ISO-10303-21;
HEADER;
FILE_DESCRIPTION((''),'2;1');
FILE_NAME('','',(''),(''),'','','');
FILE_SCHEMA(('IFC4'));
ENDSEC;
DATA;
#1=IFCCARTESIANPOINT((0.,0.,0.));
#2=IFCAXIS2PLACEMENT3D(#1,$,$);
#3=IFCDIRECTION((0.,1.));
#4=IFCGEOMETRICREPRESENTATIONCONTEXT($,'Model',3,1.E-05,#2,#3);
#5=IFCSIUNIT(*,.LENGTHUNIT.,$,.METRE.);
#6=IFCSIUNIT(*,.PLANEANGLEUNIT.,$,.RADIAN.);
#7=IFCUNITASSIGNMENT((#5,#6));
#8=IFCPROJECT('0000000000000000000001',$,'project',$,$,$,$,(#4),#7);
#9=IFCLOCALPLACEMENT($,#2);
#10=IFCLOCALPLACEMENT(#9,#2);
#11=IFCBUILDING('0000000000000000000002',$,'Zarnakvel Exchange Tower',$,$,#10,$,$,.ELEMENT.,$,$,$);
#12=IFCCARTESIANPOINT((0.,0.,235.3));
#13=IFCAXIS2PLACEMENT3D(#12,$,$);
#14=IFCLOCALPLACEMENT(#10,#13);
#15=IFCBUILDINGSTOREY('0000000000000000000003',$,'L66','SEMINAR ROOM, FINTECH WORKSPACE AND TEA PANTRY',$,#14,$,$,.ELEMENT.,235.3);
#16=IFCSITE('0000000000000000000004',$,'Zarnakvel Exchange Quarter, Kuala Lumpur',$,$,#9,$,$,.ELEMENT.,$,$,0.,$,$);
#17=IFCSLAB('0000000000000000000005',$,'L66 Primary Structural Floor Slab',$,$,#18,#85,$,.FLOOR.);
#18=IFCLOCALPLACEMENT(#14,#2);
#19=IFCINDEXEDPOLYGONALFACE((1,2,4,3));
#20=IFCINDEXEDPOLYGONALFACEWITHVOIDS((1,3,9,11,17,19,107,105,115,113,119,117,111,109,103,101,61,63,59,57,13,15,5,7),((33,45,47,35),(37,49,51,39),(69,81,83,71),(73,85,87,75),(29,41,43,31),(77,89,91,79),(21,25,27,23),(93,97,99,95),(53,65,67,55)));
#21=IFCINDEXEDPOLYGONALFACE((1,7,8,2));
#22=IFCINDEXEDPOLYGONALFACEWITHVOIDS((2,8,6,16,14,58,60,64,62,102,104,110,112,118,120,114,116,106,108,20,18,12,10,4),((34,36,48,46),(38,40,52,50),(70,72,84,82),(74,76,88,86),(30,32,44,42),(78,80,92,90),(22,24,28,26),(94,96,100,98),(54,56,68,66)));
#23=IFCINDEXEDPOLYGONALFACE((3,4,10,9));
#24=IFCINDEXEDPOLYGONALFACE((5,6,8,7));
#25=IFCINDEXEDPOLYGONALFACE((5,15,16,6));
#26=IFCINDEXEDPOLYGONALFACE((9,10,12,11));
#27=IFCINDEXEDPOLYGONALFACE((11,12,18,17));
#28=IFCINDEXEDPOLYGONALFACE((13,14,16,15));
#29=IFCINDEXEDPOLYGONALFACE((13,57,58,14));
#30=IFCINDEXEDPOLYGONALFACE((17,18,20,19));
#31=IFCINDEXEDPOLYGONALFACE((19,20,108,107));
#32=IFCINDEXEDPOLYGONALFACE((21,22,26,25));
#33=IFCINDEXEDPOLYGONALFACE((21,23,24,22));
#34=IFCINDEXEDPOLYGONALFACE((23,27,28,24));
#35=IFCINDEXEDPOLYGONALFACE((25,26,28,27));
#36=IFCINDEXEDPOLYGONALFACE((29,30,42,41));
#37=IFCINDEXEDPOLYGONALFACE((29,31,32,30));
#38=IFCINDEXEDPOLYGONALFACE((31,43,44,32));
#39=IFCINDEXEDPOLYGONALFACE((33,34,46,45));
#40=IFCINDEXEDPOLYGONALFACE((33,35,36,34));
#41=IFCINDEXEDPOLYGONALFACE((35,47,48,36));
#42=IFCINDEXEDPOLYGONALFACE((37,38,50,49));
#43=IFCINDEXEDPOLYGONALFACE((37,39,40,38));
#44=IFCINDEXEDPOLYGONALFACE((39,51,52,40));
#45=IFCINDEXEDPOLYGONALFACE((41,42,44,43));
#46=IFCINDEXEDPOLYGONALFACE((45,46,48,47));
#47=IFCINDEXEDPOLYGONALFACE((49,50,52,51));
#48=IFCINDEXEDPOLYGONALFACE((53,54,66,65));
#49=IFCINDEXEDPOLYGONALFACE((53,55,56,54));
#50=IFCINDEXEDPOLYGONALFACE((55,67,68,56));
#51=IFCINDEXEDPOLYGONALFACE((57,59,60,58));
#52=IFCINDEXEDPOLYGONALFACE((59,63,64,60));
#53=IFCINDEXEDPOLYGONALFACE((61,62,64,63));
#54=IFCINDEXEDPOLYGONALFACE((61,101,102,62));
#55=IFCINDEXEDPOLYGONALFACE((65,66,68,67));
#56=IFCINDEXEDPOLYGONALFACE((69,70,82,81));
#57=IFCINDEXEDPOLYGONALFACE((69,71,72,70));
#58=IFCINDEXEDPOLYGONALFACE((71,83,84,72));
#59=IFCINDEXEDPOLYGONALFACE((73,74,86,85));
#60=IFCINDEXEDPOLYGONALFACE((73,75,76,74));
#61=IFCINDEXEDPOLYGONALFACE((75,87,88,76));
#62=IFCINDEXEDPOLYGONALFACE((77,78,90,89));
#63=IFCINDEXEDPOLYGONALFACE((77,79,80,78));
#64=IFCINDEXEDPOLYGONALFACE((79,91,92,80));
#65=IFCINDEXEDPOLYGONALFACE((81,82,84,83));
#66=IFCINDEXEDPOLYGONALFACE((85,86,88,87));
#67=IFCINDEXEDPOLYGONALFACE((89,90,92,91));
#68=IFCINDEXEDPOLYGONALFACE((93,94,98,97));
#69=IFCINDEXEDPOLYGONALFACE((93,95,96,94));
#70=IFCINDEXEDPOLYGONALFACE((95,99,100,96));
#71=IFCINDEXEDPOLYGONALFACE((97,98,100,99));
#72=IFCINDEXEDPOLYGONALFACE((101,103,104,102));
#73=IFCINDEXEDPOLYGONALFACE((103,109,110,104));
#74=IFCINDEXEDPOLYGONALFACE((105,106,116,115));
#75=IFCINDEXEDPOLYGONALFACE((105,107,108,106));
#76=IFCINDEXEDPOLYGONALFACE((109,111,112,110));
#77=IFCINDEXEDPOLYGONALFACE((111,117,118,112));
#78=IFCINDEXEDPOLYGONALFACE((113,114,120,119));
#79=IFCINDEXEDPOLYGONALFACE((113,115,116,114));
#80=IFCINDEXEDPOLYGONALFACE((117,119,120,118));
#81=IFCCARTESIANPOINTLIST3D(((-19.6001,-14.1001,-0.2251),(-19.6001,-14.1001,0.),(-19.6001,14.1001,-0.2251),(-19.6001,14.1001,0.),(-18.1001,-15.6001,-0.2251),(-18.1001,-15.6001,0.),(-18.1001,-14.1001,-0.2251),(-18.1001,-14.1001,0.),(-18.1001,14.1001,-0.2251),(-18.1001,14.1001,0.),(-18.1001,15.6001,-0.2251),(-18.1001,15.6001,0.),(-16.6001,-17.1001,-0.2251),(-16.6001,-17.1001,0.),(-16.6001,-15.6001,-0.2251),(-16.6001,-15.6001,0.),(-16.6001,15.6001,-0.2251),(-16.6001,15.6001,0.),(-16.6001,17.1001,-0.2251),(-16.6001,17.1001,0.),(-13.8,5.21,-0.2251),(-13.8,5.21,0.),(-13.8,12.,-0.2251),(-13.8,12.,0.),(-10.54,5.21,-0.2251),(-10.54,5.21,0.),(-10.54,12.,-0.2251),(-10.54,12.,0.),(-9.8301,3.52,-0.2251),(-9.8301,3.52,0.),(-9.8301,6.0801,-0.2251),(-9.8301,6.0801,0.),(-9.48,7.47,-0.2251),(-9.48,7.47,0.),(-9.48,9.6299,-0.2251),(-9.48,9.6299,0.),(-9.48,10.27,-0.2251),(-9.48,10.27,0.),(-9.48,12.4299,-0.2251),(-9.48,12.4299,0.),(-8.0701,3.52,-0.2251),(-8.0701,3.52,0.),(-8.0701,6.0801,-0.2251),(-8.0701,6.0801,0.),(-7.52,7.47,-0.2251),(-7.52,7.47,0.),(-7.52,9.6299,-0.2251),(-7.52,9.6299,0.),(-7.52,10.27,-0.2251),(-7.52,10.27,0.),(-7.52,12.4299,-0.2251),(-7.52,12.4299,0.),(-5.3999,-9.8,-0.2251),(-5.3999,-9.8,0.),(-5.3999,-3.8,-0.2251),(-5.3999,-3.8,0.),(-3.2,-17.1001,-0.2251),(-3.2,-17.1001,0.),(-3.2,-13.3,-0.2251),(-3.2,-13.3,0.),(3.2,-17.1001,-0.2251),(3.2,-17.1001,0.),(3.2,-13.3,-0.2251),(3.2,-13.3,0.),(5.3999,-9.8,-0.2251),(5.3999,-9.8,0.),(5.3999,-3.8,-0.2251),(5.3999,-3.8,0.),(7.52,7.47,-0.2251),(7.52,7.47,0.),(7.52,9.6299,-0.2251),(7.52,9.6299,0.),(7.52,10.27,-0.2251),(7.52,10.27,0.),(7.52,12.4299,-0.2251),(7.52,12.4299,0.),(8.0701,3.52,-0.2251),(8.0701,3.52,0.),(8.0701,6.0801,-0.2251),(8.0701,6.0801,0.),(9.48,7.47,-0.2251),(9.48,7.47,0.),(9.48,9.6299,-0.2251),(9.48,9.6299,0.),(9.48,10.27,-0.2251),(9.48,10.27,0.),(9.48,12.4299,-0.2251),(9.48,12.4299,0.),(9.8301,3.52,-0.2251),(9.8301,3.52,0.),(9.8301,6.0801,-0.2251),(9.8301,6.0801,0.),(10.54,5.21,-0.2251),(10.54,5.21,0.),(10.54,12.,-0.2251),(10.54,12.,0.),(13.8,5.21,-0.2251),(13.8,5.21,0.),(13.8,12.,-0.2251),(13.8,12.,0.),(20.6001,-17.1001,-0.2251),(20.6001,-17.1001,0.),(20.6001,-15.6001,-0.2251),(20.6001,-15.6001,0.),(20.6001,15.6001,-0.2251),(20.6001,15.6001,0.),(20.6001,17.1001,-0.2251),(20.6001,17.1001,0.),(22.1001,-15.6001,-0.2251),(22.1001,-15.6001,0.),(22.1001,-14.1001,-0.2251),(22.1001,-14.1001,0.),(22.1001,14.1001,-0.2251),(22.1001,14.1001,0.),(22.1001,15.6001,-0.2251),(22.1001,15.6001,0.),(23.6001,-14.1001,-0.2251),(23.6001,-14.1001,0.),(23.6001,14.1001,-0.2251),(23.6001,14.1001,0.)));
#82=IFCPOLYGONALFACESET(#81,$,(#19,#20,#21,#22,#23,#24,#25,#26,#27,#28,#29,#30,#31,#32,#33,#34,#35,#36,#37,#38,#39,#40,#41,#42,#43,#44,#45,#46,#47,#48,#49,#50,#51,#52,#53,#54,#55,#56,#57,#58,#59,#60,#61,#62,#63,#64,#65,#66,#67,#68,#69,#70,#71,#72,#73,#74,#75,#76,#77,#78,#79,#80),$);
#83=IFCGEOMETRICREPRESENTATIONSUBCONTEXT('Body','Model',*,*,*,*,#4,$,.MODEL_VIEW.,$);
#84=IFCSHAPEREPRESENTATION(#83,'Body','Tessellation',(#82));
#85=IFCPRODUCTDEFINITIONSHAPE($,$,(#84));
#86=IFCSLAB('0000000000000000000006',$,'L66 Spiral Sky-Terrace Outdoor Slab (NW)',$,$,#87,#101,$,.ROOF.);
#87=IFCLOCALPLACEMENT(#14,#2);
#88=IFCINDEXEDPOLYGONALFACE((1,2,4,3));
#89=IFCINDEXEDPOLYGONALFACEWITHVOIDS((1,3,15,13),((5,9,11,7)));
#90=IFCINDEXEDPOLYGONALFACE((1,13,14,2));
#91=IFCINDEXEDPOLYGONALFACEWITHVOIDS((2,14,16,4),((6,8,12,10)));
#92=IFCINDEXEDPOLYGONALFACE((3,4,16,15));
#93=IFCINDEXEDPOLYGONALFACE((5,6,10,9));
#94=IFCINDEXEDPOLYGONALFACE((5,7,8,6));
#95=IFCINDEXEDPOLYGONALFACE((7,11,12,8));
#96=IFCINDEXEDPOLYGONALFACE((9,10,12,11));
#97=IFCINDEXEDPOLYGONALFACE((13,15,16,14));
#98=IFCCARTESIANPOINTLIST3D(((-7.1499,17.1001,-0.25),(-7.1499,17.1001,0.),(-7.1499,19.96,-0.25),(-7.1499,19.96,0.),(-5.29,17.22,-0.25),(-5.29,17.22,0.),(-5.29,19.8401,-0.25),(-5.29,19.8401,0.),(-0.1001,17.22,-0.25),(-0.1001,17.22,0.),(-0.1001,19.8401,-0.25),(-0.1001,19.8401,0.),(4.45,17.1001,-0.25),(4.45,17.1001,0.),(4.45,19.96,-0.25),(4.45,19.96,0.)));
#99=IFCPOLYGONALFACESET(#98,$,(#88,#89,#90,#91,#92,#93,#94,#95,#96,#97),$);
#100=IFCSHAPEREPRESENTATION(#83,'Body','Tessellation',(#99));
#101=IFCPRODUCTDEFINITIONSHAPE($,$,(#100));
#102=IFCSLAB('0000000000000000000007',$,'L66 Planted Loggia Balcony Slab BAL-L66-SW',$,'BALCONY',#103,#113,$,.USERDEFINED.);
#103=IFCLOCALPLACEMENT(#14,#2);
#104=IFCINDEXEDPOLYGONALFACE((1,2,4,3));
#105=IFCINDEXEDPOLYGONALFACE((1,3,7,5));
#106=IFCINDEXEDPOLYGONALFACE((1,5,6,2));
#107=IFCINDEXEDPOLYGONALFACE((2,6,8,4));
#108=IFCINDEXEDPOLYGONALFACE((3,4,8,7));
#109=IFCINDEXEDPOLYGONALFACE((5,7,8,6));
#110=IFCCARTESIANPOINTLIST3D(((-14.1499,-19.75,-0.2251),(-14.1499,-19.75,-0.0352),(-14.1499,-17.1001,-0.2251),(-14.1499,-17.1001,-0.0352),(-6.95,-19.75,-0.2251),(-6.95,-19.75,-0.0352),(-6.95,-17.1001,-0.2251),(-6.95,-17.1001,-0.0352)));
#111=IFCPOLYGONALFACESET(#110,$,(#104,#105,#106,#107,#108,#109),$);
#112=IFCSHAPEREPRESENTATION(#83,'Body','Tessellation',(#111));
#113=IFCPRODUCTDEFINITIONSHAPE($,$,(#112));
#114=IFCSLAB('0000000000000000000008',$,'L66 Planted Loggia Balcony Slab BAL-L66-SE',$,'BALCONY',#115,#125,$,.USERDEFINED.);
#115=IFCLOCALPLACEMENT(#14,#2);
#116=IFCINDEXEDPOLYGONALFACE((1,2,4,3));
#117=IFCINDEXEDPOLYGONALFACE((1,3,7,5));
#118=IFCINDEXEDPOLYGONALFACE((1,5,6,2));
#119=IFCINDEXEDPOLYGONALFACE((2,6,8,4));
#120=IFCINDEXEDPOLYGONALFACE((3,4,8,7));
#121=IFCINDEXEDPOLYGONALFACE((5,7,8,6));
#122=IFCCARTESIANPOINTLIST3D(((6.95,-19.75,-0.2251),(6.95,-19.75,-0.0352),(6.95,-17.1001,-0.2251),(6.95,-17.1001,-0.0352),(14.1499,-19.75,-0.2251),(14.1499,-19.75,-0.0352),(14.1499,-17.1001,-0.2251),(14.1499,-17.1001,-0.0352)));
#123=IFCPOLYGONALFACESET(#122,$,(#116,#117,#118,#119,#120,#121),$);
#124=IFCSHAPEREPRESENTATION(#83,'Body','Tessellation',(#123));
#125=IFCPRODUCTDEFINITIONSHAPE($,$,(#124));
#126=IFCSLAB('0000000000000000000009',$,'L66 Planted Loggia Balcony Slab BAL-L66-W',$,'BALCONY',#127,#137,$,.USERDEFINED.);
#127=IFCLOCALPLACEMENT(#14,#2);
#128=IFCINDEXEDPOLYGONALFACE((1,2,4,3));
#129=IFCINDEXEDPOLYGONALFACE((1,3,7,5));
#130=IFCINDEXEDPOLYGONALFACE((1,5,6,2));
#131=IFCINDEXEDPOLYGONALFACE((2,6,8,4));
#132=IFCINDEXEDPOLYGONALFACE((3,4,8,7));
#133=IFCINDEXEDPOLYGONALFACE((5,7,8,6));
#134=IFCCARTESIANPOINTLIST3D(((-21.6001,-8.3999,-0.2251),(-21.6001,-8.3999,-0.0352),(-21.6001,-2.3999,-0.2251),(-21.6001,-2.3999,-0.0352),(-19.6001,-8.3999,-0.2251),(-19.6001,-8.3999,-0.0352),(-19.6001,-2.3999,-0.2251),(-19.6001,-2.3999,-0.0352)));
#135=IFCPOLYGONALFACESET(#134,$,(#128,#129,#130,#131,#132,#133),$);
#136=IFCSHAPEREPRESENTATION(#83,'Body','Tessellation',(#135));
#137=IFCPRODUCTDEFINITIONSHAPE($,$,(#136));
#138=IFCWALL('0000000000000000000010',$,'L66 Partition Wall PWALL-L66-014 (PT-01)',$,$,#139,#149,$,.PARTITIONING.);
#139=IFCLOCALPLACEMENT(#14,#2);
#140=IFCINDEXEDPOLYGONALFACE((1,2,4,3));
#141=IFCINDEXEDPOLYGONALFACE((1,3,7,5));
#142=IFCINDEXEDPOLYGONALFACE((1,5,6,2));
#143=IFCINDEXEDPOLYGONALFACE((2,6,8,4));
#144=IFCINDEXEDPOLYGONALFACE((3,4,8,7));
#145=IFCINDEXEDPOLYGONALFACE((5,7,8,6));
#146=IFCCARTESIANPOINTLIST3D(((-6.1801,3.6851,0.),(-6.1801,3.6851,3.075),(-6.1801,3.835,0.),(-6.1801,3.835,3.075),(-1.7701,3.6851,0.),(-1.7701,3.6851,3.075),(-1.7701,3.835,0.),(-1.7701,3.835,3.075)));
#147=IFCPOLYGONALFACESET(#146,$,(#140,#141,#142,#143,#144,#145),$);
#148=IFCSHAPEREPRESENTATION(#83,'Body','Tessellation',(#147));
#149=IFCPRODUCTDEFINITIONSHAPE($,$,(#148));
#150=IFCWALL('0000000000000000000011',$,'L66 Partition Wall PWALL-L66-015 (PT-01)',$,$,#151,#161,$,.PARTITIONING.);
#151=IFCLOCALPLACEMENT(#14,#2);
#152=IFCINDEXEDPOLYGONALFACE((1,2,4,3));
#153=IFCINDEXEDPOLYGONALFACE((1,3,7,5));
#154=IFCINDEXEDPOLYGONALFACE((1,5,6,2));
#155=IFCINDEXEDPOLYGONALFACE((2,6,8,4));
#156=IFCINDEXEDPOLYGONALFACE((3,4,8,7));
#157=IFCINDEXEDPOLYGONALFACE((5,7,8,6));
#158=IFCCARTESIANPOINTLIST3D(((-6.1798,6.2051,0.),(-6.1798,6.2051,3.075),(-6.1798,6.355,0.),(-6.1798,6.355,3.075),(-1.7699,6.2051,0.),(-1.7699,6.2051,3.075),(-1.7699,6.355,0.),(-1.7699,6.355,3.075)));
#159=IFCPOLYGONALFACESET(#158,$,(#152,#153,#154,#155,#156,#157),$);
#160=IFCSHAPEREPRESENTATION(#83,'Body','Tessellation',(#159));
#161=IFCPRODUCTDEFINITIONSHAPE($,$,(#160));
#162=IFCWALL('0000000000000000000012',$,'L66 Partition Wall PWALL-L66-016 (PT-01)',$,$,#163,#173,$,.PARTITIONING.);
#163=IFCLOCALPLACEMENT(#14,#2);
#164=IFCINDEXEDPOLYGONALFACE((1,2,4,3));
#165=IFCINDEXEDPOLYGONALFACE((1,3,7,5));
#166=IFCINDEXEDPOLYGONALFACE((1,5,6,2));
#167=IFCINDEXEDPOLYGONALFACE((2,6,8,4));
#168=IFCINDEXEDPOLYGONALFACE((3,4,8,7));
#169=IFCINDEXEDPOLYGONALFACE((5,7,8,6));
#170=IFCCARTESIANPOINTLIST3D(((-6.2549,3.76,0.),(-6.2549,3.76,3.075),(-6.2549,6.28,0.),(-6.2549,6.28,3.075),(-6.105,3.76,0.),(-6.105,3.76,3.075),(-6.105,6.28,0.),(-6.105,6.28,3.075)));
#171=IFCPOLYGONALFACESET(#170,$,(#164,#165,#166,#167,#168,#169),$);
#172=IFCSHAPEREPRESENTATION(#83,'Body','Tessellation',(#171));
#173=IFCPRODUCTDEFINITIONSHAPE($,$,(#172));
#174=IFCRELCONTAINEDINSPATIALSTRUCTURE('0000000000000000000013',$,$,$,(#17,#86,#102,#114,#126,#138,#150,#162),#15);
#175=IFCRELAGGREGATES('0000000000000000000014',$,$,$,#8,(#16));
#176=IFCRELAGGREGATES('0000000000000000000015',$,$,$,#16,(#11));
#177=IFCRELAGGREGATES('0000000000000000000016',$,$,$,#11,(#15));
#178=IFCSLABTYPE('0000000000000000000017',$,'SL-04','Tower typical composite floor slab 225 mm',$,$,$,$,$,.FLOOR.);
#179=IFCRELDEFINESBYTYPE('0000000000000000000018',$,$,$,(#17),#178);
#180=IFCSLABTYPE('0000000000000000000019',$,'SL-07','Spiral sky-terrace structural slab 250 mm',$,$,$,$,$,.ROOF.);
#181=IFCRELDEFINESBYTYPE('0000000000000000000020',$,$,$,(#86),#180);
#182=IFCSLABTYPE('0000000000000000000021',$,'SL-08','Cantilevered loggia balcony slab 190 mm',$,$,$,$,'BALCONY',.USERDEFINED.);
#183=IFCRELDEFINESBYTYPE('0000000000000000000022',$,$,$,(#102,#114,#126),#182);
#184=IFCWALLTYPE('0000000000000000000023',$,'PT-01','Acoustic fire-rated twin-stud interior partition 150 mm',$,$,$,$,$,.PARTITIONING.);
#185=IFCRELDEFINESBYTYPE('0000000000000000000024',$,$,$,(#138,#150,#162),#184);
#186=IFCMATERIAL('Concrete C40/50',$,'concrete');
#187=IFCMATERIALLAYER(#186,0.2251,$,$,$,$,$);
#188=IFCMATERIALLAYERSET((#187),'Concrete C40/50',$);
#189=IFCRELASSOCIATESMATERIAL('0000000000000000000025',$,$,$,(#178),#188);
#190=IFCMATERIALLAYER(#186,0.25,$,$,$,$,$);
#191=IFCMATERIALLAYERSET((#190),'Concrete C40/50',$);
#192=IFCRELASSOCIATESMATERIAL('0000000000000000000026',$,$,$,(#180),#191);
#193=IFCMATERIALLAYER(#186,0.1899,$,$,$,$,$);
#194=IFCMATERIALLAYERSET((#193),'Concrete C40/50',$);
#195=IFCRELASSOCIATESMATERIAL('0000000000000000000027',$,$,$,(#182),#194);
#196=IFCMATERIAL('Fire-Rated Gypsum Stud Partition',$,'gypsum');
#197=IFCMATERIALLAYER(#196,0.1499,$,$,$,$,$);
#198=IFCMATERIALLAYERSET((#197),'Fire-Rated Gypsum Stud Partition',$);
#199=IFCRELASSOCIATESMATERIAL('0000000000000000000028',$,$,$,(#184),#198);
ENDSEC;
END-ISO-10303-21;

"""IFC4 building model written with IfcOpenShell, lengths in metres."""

from ifc_helpers import new_model, si_unit, direction, frame, frame_2d, origin, place, context, subcontext, project, spatial, polyline, rectangle, outline, extrude, material, layer, layer_set, type_object, element, save


model = new_model("IFC4")

# Units and contexts
model_context = context("Model", 3, precision=1e-05, world=origin(), true_north=direction((0.0, 1.0)))
body_context = subcontext(model_context, "Body", "Model", "MODEL_VIEW")
ifc_project = project(units=[si_unit("LENGTHUNIT", "METRE"), si_unit("PLANEANGLEUNIT", "RADIAN")], contexts=[model_context])

# Site, building, storey
site_placement = place(None, origin())
site = spatial("IfcSite", under=ifc_project, at=site_placement, Name="Zarnakvel Exchange Quarter, Kuala Lumpur", CompositionType="ELEMENT", RefElevation=0.0)
building_placement = place(site_placement, origin())
building = spatial("IfcBuilding", under=site, at=building_placement, Name="Zarnakvel Exchange Tower", CompositionType="ELEMENT")
storey_placement = place(building_placement, frame((0.0, 0.0, 235.3)))
storey = spatial("IfcBuildingStorey", under=building, at=storey_placement, Name="L66", Description="SEMINAR ROOM, FINTECH WORKSPACE AND TEA PANTRY", CompositionType="ELEMENT", Elevation=235.3)

# Shared definitions
ifc_material_1 = material(Name="Concrete C40/50", Category="concrete")

# Slabs
ifc_layer_1 = layer(ifc_material_1, 0.2251)
ifc_layer_set_1 = layer_set([ifc_layer_1], Name="Concrete C40/50")
slab_type_1 = type_object("IfcSlabType", Name="SL-04", Description="Tower typical composite floor slab 225 mm", PredefinedType="FLOOR", material=ifc_layer_set_1)
slab_1_placement = place(storey_placement, frame((0.0, 0.0, -0.2251)))
element("IfcSlab", 1, at=slab_1_placement, inside=storey, type_object=slab_type_1, Name="L66 Primary Structural Floor Slab", PredefinedType="FLOOR", context=body_context, shape_type="SweptSolid", body=[
    extrude(outline(polyline([(-19.6001, -14.1001), (-18.1001, -14.1001), (-18.1001, -15.6001), (-16.6001, -15.6001), (-16.6001, -17.1001), (-3.2, -17.1001), (-3.2, -13.3), (3.2, -13.3), (3.2, -17.1001), (20.6001, -17.1001), (20.6001, -15.6001), (22.1001, -15.6001), (22.1001, -14.1001), (23.6001, -14.1001), (23.6001, 14.1001), (22.1001, 14.1001), (22.1001, 15.6001), (20.6001, 15.6001), (20.6001, 17.1001), (-16.6001, 17.1001), (-16.6001, 15.6001), (-18.1001, 15.6001), (-18.1001, 14.1001), (-19.6001, 14.1001), (-19.6001, -14.1001)]), holes=[polyline([(-5.3999, -9.8), (5.3999, -9.8), (5.3999, -3.8), (-5.3999, -3.8), (-5.3999, -9.8)]), polyline([(-13.8, 5.21), (-10.54, 5.21), (-10.54, 12.0), (-13.8, 12.0), (-13.8, 5.21)]), polyline([(10.54, 5.21), (13.8, 5.21), (13.8, 12.0), (10.54, 12.0), (10.54, 5.21)]), polyline([(-9.8301, 3.52), (-8.0701, 3.52), (-8.0701, 6.0801), (-9.8301, 6.0801), (-9.8301, 3.52)]), polyline([(8.0701, 3.52), (9.8301, 3.52), (9.8301, 6.0801), (8.0701, 6.0801), (8.0701, 3.52)]), polyline([(-9.48, 7.47), (-7.52, 7.47), (-7.52, 9.6299), (-9.48, 9.6299), (-9.48, 7.47)]), polyline([(-9.48, 10.27), (-7.52, 10.27), (-7.52, 12.4299), (-9.48, 12.4299), (-9.48, 10.27)]), polyline([(7.52, 7.47), (9.48, 7.47), (9.48, 9.6299), (7.52, 9.6299), (7.52, 7.47)]), polyline([(7.52, 10.27), (9.48, 10.27), (9.48, 12.4299), (7.52, 12.4299), (7.52, 10.27)])]), origin(), (0.0, 0.0, 1.0), 0.2251),
])
ifc_layer_2 = layer(ifc_material_1, 0.25)
ifc_layer_set_2 = layer_set([ifc_layer_2], Name="Concrete C40/50")
slab_type_2 = type_object("IfcSlabType", Name="SL-07", Description="Spiral sky-terrace structural slab 250 mm", PredefinedType="ROOF", material=ifc_layer_set_2)
slab_2_placement = place(storey_placement, frame((0.0, 0.0, -0.25)))
element("IfcSlab", 2, at=slab_2_placement, inside=storey, type_object=slab_type_2, Name="L66 Spiral Sky-Terrace Outdoor Slab (NW)", PredefinedType="ROOF", context=body_context, shape_type="SweptSolid", body=[
    extrude(outline(polyline([(-7.1499, 17.1001), (4.45, 17.1001), (4.45, 19.96), (-7.1499, 19.96), (-7.1499, 17.1001)]), holes=[polyline([(-5.29, 17.22), (-0.1001, 17.22), (-0.1001, 19.8401), (-5.29, 19.8401), (-5.29, 17.22)])]), origin(), (0.0, 0.0, 1.0), 0.25),
])
ifc_layer_3 = layer(ifc_material_1, 0.1899)
ifc_layer_set_3 = layer_set([ifc_layer_3], Name="Concrete C40/50")
slab_type_3 = type_object("IfcSlabType", Name="SL-08", Description="Cantilevered loggia balcony slab 190 mm", ElementType="BALCONY", PredefinedType="USERDEFINED", material=ifc_layer_set_3)
slab_3_placement = place(storey_placement, frame((0.0, 0.0, -0.2251)))
element("IfcSlab", 3, at=slab_3_placement, inside=storey, type_object=slab_type_3, Name="L66 Planted Loggia Balcony Slab BAL-L66-SW", ObjectType="BALCONY", PredefinedType="USERDEFINED", context=body_context, shape_type="SweptSolid", body=[
    extrude(outline(polyline([(-14.1499, -19.75), (-6.95, -19.75), (-6.95, -17.1001), (-14.1499, -17.1001), (-14.1499, -19.75)])), origin(), (0.0, 0.0, 1.0), 0.1899),
])
slab_4_placement = place(storey_placement, frame((0.0, 0.0, -0.2251)))
element("IfcSlab", 4, at=slab_4_placement, inside=storey, type_object=slab_type_3, Name="L66 Planted Loggia Balcony Slab BAL-L66-SE", ObjectType="BALCONY", PredefinedType="USERDEFINED", context=body_context, shape_type="SweptSolid", body=[
    extrude(outline(polyline([(6.95, -19.75), (14.1499, -19.75), (14.1499, -17.1001), (6.95, -17.1001), (6.95, -19.75)])), origin(), (0.0, 0.0, 1.0), 0.1899),
])
slab_5_placement = place(storey_placement, frame((0.0, 0.0, -0.2251)))
element("IfcSlab", 5, at=slab_5_placement, inside=storey, type_object=slab_type_3, Name="L66 Planted Loggia Balcony Slab BAL-L66-W", ObjectType="BALCONY", PredefinedType="USERDEFINED", context=body_context, shape_type="SweptSolid", body=[
    extrude(outline(polyline([(-21.6001, -8.3999), (-19.6001, -8.3999), (-19.6001, -2.3999), (-21.6001, -2.3999), (-21.6001, -8.3999)])), origin(), (0.0, 0.0, 1.0), 0.1899),
])

# Walls
ifc_material_2 = material(Name="Fire-Rated Gypsum Stud Partition", Category="gypsum")
ifc_layer_4 = layer(ifc_material_2, 0.1499)
ifc_layer_set_4 = layer_set([ifc_layer_4], Name="Fire-Rated Gypsum Stud Partition")
wall_type_1 = type_object("IfcWallType", Name="PT-01", Description="Acoustic fire-rated twin-stud interior partition 150 mm", PredefinedType="PARTITIONING", material=ifc_layer_set_4)
for number, where, z_axis, x_axis, name in (
    (6, (-1.77, 3.76, 0.0), (0.0, 0.0, 1.0), (-1.0, 0.0, 0.0), "L66 Partition Wall PWALL-L66-014 (PT-01)"),
    (7, (-6.1799, 6.28, 0.0), (0.0, 0.0, 1.0), (1.0, 0.0, 0.0), "L66 Partition Wall PWALL-L66-015 (PT-01)"),
):
    element("IfcWall", number, at=place(storey_placement, frame(where, z_axis=z_axis, x_axis=x_axis)), inside=storey, type_object=wall_type_1, Name=name, PredefinedType="PARTITIONING", context=body_context, shape_type="SweptSolid", body=[
        extrude(rectangle(XDim=4.4099, YDim=0.1499, at=frame_2d((2.2051, 0.0))), origin(), (0.0, 0.0, 1.0), 3.075),
    ])
wall_1_placement = place(storey_placement, frame((-6.1799, 3.76, 0.0), z_axis=(0.0, 0.0, 1.0), x_axis=(0.0, 1.0, 0.0)))
element("IfcWall", 8, at=wall_1_placement, inside=storey, type_object=wall_type_1, Name="L66 Partition Wall PWALL-L66-016 (PT-01)", PredefinedType="PARTITIONING", context=body_context, shape_type="SweptSolid", body=[
    extrude(rectangle(XDim=2.52, YDim=0.1499, at=frame_2d((1.26, 0.0))), origin(), (0.0, 0.0, 1.0), 3.075),
])

save(model, "model.ifc")
